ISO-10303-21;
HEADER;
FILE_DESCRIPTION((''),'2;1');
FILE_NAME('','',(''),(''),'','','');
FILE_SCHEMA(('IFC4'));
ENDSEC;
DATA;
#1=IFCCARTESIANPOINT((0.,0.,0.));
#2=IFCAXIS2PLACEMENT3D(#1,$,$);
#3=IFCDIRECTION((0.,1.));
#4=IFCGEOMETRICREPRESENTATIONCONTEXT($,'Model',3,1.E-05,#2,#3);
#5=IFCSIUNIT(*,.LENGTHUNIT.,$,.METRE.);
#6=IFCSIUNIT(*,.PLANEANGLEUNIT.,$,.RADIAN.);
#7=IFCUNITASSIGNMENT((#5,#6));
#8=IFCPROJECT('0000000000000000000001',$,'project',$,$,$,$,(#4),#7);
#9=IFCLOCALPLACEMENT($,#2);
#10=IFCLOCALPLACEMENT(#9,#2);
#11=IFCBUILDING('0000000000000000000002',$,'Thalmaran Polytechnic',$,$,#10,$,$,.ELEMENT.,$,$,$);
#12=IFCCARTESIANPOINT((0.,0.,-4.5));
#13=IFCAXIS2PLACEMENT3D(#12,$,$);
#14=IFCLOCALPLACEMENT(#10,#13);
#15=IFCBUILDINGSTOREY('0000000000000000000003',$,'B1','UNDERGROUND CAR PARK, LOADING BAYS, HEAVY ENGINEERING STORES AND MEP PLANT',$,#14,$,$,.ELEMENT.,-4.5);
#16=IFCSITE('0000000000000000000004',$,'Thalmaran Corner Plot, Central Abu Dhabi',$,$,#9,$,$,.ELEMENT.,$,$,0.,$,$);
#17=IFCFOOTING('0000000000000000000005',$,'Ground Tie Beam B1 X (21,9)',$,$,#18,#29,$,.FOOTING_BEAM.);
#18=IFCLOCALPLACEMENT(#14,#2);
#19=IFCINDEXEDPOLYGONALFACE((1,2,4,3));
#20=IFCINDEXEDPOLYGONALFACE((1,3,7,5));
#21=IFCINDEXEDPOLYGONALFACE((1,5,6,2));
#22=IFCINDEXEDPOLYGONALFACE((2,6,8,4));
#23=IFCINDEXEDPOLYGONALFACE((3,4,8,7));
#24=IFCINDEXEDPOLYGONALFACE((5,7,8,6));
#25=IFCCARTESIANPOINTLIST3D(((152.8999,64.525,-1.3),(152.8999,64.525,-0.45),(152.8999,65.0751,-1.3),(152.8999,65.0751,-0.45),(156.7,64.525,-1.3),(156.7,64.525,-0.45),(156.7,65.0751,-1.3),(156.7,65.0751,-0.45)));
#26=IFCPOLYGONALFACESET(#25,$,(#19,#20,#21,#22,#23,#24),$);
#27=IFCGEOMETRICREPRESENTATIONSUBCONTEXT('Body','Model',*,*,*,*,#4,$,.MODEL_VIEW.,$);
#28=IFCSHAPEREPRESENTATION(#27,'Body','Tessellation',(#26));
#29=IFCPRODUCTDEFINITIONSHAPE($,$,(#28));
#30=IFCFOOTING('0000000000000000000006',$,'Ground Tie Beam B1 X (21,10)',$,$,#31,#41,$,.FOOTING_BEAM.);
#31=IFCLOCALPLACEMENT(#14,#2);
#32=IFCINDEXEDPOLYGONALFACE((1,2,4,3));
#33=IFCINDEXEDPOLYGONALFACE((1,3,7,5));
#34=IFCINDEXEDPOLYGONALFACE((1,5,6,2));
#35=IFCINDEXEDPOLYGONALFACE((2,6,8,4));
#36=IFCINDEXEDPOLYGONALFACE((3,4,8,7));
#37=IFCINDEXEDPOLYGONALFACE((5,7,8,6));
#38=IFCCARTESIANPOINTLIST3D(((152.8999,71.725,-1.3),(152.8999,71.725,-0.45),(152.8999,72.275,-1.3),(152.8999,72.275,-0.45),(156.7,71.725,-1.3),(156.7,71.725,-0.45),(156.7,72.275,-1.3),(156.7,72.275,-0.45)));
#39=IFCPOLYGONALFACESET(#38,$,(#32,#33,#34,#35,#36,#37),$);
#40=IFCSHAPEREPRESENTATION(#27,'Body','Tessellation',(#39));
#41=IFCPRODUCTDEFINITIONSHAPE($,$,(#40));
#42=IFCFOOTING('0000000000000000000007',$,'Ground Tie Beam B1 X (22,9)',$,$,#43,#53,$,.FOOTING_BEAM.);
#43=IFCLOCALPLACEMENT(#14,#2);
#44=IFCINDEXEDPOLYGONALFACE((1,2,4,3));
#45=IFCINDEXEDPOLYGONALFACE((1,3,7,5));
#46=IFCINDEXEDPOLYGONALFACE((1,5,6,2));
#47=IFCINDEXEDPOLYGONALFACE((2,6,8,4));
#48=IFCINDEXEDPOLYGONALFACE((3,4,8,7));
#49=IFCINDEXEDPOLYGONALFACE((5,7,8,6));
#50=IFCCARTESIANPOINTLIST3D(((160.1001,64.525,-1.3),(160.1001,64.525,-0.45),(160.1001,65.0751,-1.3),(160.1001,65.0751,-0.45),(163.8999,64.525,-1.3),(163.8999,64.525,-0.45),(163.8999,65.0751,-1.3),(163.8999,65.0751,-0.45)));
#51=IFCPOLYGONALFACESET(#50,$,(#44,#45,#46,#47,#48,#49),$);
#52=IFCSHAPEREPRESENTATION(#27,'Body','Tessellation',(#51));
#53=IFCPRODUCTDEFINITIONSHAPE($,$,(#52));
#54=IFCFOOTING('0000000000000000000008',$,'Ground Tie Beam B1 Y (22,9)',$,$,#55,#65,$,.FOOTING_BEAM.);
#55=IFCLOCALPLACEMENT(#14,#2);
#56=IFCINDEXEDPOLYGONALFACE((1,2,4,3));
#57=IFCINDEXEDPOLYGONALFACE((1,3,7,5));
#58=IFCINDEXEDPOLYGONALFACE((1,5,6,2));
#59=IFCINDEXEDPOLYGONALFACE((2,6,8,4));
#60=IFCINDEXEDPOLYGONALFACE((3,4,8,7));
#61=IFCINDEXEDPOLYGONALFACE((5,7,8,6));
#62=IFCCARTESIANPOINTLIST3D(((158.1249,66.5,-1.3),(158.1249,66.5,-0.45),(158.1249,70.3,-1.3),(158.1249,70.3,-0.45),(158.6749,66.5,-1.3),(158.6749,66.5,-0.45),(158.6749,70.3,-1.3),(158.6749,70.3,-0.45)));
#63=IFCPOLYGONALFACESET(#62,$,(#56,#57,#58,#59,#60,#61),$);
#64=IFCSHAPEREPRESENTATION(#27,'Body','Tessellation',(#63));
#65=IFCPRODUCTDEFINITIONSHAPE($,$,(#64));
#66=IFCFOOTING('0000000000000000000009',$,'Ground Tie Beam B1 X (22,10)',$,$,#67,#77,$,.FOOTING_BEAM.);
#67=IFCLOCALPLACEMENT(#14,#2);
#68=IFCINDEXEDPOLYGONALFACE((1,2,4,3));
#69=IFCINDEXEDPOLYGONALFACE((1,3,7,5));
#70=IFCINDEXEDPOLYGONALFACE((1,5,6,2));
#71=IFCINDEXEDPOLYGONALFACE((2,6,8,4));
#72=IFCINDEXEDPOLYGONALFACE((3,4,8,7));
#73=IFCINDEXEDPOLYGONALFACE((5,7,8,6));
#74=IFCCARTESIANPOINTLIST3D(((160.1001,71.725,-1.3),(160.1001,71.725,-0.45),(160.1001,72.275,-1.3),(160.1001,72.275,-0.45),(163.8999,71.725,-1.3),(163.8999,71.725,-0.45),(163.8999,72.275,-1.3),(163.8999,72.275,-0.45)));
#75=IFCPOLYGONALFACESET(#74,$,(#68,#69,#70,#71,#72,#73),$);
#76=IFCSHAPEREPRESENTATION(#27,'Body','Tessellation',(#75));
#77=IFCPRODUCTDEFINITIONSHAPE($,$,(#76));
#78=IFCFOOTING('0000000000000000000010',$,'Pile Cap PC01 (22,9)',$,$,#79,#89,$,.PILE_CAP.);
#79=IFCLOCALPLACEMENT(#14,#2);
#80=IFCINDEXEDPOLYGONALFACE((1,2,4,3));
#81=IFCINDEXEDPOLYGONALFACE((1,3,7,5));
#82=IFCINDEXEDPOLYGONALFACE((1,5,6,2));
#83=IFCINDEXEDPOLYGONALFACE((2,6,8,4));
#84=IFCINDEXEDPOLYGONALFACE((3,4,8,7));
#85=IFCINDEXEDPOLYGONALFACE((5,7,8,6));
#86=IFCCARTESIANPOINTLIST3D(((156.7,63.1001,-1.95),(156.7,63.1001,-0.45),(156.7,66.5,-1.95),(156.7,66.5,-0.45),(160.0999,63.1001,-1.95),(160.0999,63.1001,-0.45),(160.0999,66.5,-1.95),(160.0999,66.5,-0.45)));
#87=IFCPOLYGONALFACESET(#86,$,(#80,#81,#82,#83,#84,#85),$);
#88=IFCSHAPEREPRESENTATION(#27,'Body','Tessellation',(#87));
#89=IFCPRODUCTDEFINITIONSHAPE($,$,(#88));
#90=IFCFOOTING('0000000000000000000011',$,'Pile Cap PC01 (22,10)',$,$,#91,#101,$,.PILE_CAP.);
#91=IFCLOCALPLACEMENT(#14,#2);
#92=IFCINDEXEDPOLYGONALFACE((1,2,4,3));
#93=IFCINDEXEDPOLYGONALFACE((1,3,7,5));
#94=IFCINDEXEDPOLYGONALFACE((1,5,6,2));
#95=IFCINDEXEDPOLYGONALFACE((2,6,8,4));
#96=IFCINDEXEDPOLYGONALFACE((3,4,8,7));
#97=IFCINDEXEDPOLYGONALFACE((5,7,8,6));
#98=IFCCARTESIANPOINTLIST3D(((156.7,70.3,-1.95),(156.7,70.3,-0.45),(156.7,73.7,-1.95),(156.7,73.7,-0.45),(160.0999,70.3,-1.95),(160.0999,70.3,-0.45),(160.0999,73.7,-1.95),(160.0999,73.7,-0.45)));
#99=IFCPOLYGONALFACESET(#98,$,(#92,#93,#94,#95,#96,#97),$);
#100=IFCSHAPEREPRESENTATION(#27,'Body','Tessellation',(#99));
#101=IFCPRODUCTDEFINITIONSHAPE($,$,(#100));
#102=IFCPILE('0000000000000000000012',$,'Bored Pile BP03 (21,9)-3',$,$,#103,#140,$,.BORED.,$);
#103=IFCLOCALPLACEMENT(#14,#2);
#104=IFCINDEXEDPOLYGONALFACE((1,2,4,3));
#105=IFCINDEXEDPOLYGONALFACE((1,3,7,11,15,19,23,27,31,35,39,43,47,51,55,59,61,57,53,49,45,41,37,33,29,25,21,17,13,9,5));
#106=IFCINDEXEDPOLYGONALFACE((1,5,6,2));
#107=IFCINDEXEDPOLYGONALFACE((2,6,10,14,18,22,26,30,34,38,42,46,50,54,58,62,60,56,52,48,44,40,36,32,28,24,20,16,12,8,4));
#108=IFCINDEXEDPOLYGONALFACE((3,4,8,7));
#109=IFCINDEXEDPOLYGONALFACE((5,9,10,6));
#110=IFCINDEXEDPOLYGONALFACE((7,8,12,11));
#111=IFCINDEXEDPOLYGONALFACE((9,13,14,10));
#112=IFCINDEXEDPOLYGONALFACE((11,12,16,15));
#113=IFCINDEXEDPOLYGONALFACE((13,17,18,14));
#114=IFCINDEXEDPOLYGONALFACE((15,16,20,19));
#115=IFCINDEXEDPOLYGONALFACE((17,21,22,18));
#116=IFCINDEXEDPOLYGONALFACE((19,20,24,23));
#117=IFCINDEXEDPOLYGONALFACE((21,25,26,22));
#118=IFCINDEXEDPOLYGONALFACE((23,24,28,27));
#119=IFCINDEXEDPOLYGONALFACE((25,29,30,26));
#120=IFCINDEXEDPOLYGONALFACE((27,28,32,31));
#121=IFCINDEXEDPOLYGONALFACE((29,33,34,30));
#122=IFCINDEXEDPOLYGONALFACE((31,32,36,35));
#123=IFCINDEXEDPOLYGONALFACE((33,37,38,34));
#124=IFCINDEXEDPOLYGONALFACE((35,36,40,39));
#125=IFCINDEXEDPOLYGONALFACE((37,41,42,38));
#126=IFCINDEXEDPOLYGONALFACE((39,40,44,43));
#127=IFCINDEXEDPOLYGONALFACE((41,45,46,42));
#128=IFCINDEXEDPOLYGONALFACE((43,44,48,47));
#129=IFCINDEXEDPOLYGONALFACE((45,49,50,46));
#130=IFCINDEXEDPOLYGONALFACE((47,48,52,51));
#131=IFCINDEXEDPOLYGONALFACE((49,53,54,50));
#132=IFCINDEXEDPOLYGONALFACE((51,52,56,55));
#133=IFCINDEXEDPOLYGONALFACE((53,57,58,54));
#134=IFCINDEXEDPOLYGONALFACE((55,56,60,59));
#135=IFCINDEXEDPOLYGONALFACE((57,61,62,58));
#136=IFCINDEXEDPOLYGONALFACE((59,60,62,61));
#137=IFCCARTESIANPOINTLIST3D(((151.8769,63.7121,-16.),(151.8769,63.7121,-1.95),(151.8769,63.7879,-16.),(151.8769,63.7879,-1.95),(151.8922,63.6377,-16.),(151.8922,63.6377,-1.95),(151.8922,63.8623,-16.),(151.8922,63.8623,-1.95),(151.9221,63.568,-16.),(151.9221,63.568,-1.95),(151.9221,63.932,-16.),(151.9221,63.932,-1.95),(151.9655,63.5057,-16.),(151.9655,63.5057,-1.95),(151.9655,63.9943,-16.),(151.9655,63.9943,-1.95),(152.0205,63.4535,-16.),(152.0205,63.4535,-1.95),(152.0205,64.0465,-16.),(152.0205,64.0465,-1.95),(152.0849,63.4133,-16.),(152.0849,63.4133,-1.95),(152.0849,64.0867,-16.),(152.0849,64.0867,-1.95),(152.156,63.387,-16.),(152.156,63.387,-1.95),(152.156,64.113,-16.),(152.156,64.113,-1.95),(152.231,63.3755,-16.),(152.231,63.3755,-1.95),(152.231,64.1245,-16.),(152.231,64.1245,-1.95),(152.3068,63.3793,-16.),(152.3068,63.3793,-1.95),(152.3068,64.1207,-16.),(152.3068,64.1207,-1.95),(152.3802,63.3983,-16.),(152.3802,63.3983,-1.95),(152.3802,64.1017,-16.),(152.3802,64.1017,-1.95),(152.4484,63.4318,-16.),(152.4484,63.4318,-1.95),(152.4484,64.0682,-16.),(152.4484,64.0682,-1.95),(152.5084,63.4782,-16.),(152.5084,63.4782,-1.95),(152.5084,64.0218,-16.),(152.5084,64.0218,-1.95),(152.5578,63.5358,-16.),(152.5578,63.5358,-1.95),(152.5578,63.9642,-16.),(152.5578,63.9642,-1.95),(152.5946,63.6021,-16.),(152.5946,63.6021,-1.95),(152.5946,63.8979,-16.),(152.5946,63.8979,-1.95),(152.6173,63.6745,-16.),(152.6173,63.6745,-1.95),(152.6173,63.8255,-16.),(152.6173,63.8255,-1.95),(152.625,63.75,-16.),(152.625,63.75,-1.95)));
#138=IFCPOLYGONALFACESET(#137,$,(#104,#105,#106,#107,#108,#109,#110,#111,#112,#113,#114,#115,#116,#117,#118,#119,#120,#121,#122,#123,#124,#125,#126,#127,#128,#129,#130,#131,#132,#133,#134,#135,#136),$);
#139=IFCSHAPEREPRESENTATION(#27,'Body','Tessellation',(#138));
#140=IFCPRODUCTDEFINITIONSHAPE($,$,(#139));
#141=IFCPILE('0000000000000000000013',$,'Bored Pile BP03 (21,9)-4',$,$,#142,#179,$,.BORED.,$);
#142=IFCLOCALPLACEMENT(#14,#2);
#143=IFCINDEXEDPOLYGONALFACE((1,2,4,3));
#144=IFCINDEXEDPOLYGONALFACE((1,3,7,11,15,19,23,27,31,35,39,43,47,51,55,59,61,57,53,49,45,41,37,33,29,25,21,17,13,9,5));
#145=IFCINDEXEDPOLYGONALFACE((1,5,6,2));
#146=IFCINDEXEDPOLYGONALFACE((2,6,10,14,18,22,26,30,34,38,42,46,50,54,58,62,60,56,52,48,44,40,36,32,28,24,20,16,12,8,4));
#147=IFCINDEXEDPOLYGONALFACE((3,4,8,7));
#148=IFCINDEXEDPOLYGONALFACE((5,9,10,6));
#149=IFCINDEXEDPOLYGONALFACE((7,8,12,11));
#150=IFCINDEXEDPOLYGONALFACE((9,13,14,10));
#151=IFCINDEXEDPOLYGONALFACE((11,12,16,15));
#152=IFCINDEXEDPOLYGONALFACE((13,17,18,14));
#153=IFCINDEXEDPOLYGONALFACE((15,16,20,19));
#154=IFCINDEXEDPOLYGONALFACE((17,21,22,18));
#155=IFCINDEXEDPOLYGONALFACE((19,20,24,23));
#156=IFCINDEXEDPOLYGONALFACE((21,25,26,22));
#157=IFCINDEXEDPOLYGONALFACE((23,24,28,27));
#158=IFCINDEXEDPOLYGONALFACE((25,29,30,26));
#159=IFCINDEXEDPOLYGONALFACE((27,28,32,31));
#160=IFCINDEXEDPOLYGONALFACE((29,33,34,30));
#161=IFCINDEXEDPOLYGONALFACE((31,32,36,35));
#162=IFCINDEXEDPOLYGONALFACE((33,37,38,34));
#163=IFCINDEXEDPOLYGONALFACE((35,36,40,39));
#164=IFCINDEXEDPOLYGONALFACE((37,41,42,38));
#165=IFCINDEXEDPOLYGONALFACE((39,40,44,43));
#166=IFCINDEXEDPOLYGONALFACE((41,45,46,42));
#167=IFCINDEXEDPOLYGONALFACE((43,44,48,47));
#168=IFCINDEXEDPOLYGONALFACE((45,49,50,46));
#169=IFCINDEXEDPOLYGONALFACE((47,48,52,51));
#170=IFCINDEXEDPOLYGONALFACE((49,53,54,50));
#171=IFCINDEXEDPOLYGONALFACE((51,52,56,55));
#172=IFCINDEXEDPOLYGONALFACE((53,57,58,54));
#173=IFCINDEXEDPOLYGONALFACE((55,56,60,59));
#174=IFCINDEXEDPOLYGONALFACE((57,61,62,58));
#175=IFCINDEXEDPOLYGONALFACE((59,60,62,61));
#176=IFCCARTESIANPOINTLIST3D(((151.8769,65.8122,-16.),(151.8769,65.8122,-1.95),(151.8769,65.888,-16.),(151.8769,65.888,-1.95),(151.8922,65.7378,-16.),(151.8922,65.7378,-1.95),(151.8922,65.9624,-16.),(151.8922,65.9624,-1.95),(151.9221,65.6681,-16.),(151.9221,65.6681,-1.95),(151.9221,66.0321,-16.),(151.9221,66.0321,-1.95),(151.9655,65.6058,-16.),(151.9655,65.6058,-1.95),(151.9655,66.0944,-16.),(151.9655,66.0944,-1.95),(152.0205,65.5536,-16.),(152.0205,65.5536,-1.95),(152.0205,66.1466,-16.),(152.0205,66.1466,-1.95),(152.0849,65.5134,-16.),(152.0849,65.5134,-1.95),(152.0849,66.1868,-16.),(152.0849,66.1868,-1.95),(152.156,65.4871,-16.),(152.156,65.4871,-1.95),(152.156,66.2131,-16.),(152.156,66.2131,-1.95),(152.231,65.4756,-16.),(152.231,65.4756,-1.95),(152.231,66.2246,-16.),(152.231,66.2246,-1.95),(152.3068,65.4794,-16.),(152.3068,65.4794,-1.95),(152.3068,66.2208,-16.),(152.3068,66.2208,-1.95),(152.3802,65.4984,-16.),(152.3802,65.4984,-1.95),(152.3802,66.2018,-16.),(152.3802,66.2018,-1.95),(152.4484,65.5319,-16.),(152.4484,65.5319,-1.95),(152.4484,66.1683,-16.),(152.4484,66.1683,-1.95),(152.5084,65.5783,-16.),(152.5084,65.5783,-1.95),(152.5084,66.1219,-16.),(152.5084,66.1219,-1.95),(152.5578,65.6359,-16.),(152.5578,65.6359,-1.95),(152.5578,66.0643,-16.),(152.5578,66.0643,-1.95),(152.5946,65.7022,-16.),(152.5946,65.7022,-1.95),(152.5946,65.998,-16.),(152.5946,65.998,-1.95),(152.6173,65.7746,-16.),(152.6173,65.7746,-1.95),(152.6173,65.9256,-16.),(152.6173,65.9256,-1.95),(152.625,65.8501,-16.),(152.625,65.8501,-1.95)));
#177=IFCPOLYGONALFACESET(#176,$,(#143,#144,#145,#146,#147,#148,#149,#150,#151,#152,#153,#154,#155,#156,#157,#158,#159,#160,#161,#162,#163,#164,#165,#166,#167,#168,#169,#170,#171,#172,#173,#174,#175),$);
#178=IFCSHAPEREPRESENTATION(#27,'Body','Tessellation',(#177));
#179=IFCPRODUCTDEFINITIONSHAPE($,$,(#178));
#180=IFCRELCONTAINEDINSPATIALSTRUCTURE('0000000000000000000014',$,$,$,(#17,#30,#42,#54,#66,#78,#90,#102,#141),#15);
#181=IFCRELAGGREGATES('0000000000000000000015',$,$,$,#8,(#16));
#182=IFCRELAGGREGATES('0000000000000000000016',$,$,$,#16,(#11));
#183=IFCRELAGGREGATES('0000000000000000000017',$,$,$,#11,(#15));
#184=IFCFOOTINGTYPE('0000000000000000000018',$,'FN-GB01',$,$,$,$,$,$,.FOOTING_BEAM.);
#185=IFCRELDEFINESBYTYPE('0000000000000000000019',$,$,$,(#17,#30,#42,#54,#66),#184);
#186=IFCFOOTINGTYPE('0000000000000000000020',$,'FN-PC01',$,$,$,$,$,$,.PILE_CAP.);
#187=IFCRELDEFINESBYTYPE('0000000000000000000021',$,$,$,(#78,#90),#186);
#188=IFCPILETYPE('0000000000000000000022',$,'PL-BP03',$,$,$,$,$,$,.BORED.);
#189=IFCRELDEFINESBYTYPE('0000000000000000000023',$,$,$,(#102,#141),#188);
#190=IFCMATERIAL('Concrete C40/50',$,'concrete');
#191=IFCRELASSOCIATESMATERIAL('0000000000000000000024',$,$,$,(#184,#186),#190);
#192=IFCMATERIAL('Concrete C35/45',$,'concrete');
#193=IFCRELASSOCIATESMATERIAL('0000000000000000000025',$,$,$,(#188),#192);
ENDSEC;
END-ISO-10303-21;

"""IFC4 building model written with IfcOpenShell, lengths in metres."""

from ifc_helpers import new_model, si_unit, direction, frame, origin, origin_2d, place, context, subcontext, project, spatial, rectangle, circle, extrude, material, material_profile, profile_set, type_object, element, save


model = new_model("IFC4")

# Units and contexts
model_context = context("Model", 3, precision=1e-05, world=origin(), true_north=direction((0.0, 1.0)))
body_context = subcontext(model_context, "Body", "Model", "MODEL_VIEW")
ifc_project = project(units=[si_unit("LENGTHUNIT", "METRE"), si_unit("PLANEANGLEUNIT", "RADIAN")], contexts=[model_context])

# Site, building, storey
site_placement = place(None, origin())
site = spatial("IfcSite", under=ifc_project, at=site_placement, Name="Thalmaran Corner Plot, Central Abu Dhabi", CompositionType="ELEMENT", RefElevation=0.0)
building_placement = place(site_placement, origin())
building = spatial("IfcBuilding", under=site, at=building_placement, Name="Thalmaran Polytechnic", CompositionType="ELEMENT")
storey_placement = place(building_placement, frame((0.0, 0.0, -4.5)))
storey = spatial("IfcBuildingStorey", under=building, at=storey_placement, Name="B1", Description="UNDERGROUND CAR PARK, LOADING BAYS, HEAVY ENGINEERING STORES AND MEP PLANT", CompositionType="ELEMENT", Elevation=-4.5)

# Footings
ifc_material_1 = material(Name="Concrete C40/50", Category="concrete")
ifc_material_profile_1 = material_profile(ifc_material_1, rectangle(XDim=0.55, YDim=0.8501, at=origin_2d()), Name="RC 550x850")
ifc_profile_set_1 = profile_set([ifc_material_profile_1], Name="Concrete C40/50")
footing_type_1 = type_object("IfcFootingType", Name="FN-GB01", PredefinedType="FOOTING_BEAM", material=ifc_profile_set_1)
for number, where, z_axis, x_axis, name in (
    (1, (152.8999, 64.8, -0.875), (1.0, 0.0, 0.0), (0.0, 1.0, 0.0), "Ground Tie Beam B1 X (21,9)"),
    (2, (152.8999, 72.0, -0.875), (1.0, 0.0, 0.0), (0.0, 1.0, 0.0), "Ground Tie Beam B1 X (21,10)"),
):
    element("IfcFooting", number, at=place(storey_placement, frame(where, z_axis=z_axis, x_axis=x_axis)), inside=storey, type_object=footing_type_1, Name=name, PredefinedType="FOOTING_BEAM", context=body_context, shape_type="SweptSolid", body=[
        extrude(rectangle(XDim=0.55, YDim=0.8501, at=origin_2d()), origin(), (0.0, 0.0, 1.0), 3.8),
    ])
footing_1_placement = place(storey_placement, frame((160.1001, 64.8, -0.875), z_axis=(1.0, 0.0, 0.0), x_axis=(0.0, 1.0, 0.0)))
element("IfcFooting", 3, at=footing_1_placement, inside=storey, type_object=footing_type_1, Name="Ground Tie Beam B1 X (22,9)", PredefinedType="FOOTING_BEAM", context=body_context, shape_type="SweptSolid", body=[
    extrude(rectangle(XDim=0.55, YDim=0.8501, at=origin_2d()), origin(), (0.0, 0.0, 1.0), 3.7998),
])
footing_2_placement = place(storey_placement, frame((158.3999, 66.5, -0.875), z_axis=(0.0, 1.0, 0.0), x_axis=(-1.0, 0.0, 0.0)))
element("IfcFooting", 4, at=footing_2_placement, inside=storey, type_object=footing_type_1, Name="Ground Tie Beam B1 Y (22,9)", PredefinedType="FOOTING_BEAM", context=body_context, shape_type="SweptSolid", body=[
    extrude(rectangle(XDim=0.55, YDim=0.8501, at=origin_2d()), origin(), (0.0, 0.0, 1.0), 3.8),
])
footing_3_placement = place(storey_placement, frame((160.1001, 72.0, -0.875), z_axis=(1.0, 0.0, 0.0), x_axis=(0.0, 1.0, 0.0)))
element("IfcFooting", 5, at=footing_3_placement, inside=storey, type_object=footing_type_1, Name="Ground Tie Beam B1 X (22,10)", PredefinedType="FOOTING_BEAM", context=body_context, shape_type="SweptSolid", body=[
    extrude(rectangle(XDim=0.55, YDim=0.8501, at=origin_2d()), origin(), (0.0, 0.0, 1.0), 3.7998),
])
footing_type_2 = type_object("IfcFootingType", Name="FN-PC01", PredefinedType="PILE_CAP", material=ifc_material_1)
for number, where, z_axis, x_axis, name in (
    (6, (158.3999, 64.8, -1.95), (0.0, 0.0, 1.0), (1.0, 0.0, 0.0), "Pile Cap PC01 (22,9)"),
    (7, (158.3999, 72.0, -1.95), (0.0, 0.0, 1.0), (1.0, 0.0, 0.0), "Pile Cap PC01 (22,10)"),
):
    element("IfcFooting", number, at=place(storey_placement, frame(where, z_axis=z_axis, x_axis=x_axis)), inside=storey, type_object=footing_type_2, Name=name, PredefinedType="PILE_CAP", context=body_context, shape_type="SweptSolid", body=[
        extrude(rectangle(XDim=3.3999, YDim=3.3999, at=origin_2d()), origin(), (0.0, 0.0, 1.0), 1.5),
    ])

# Piles
ifc_material_2 = material(Name="Concrete C35/45", Category="concrete")
ifc_material_profile_2 = material_profile(ifc_material_2, circle(Radius=0.375, at=origin_2d()), Name="RC 750 DIA")
ifc_profile_set_2 = profile_set([ifc_material_profile_2], Name="Concrete C35/45")
pile_type = type_object("IfcPileType", Name="PL-BP03", PredefinedType="BORED", material=ifc_profile_set_2)
for number, where, z_axis, x_axis, name in (
    (8, (152.25, 63.75, -1.95), (0.0, 0.0, -1.0), (1.0, 0.0, 0.0), "Bored Pile BP03 (21,9)-3"),
    (9, (152.25, 65.8501, -1.95), (0.0, 0.0, -1.0), (1.0, 0.0, 0.0), "Bored Pile BP03 (21,9)-4"),
):
    element("IfcPile", number, at=place(storey_placement, frame(where, z_axis=z_axis, x_axis=x_axis)), inside=storey, type_object=pile_type, Name=name, PredefinedType="BORED", context=body_context, shape_type="SweptSolid", body=[
        extrude(circle(Radius=0.375, at=origin_2d()), origin(), (0.0, 0.0, 1.0), 14.05),
    ])

save(model, "model.ifc")
